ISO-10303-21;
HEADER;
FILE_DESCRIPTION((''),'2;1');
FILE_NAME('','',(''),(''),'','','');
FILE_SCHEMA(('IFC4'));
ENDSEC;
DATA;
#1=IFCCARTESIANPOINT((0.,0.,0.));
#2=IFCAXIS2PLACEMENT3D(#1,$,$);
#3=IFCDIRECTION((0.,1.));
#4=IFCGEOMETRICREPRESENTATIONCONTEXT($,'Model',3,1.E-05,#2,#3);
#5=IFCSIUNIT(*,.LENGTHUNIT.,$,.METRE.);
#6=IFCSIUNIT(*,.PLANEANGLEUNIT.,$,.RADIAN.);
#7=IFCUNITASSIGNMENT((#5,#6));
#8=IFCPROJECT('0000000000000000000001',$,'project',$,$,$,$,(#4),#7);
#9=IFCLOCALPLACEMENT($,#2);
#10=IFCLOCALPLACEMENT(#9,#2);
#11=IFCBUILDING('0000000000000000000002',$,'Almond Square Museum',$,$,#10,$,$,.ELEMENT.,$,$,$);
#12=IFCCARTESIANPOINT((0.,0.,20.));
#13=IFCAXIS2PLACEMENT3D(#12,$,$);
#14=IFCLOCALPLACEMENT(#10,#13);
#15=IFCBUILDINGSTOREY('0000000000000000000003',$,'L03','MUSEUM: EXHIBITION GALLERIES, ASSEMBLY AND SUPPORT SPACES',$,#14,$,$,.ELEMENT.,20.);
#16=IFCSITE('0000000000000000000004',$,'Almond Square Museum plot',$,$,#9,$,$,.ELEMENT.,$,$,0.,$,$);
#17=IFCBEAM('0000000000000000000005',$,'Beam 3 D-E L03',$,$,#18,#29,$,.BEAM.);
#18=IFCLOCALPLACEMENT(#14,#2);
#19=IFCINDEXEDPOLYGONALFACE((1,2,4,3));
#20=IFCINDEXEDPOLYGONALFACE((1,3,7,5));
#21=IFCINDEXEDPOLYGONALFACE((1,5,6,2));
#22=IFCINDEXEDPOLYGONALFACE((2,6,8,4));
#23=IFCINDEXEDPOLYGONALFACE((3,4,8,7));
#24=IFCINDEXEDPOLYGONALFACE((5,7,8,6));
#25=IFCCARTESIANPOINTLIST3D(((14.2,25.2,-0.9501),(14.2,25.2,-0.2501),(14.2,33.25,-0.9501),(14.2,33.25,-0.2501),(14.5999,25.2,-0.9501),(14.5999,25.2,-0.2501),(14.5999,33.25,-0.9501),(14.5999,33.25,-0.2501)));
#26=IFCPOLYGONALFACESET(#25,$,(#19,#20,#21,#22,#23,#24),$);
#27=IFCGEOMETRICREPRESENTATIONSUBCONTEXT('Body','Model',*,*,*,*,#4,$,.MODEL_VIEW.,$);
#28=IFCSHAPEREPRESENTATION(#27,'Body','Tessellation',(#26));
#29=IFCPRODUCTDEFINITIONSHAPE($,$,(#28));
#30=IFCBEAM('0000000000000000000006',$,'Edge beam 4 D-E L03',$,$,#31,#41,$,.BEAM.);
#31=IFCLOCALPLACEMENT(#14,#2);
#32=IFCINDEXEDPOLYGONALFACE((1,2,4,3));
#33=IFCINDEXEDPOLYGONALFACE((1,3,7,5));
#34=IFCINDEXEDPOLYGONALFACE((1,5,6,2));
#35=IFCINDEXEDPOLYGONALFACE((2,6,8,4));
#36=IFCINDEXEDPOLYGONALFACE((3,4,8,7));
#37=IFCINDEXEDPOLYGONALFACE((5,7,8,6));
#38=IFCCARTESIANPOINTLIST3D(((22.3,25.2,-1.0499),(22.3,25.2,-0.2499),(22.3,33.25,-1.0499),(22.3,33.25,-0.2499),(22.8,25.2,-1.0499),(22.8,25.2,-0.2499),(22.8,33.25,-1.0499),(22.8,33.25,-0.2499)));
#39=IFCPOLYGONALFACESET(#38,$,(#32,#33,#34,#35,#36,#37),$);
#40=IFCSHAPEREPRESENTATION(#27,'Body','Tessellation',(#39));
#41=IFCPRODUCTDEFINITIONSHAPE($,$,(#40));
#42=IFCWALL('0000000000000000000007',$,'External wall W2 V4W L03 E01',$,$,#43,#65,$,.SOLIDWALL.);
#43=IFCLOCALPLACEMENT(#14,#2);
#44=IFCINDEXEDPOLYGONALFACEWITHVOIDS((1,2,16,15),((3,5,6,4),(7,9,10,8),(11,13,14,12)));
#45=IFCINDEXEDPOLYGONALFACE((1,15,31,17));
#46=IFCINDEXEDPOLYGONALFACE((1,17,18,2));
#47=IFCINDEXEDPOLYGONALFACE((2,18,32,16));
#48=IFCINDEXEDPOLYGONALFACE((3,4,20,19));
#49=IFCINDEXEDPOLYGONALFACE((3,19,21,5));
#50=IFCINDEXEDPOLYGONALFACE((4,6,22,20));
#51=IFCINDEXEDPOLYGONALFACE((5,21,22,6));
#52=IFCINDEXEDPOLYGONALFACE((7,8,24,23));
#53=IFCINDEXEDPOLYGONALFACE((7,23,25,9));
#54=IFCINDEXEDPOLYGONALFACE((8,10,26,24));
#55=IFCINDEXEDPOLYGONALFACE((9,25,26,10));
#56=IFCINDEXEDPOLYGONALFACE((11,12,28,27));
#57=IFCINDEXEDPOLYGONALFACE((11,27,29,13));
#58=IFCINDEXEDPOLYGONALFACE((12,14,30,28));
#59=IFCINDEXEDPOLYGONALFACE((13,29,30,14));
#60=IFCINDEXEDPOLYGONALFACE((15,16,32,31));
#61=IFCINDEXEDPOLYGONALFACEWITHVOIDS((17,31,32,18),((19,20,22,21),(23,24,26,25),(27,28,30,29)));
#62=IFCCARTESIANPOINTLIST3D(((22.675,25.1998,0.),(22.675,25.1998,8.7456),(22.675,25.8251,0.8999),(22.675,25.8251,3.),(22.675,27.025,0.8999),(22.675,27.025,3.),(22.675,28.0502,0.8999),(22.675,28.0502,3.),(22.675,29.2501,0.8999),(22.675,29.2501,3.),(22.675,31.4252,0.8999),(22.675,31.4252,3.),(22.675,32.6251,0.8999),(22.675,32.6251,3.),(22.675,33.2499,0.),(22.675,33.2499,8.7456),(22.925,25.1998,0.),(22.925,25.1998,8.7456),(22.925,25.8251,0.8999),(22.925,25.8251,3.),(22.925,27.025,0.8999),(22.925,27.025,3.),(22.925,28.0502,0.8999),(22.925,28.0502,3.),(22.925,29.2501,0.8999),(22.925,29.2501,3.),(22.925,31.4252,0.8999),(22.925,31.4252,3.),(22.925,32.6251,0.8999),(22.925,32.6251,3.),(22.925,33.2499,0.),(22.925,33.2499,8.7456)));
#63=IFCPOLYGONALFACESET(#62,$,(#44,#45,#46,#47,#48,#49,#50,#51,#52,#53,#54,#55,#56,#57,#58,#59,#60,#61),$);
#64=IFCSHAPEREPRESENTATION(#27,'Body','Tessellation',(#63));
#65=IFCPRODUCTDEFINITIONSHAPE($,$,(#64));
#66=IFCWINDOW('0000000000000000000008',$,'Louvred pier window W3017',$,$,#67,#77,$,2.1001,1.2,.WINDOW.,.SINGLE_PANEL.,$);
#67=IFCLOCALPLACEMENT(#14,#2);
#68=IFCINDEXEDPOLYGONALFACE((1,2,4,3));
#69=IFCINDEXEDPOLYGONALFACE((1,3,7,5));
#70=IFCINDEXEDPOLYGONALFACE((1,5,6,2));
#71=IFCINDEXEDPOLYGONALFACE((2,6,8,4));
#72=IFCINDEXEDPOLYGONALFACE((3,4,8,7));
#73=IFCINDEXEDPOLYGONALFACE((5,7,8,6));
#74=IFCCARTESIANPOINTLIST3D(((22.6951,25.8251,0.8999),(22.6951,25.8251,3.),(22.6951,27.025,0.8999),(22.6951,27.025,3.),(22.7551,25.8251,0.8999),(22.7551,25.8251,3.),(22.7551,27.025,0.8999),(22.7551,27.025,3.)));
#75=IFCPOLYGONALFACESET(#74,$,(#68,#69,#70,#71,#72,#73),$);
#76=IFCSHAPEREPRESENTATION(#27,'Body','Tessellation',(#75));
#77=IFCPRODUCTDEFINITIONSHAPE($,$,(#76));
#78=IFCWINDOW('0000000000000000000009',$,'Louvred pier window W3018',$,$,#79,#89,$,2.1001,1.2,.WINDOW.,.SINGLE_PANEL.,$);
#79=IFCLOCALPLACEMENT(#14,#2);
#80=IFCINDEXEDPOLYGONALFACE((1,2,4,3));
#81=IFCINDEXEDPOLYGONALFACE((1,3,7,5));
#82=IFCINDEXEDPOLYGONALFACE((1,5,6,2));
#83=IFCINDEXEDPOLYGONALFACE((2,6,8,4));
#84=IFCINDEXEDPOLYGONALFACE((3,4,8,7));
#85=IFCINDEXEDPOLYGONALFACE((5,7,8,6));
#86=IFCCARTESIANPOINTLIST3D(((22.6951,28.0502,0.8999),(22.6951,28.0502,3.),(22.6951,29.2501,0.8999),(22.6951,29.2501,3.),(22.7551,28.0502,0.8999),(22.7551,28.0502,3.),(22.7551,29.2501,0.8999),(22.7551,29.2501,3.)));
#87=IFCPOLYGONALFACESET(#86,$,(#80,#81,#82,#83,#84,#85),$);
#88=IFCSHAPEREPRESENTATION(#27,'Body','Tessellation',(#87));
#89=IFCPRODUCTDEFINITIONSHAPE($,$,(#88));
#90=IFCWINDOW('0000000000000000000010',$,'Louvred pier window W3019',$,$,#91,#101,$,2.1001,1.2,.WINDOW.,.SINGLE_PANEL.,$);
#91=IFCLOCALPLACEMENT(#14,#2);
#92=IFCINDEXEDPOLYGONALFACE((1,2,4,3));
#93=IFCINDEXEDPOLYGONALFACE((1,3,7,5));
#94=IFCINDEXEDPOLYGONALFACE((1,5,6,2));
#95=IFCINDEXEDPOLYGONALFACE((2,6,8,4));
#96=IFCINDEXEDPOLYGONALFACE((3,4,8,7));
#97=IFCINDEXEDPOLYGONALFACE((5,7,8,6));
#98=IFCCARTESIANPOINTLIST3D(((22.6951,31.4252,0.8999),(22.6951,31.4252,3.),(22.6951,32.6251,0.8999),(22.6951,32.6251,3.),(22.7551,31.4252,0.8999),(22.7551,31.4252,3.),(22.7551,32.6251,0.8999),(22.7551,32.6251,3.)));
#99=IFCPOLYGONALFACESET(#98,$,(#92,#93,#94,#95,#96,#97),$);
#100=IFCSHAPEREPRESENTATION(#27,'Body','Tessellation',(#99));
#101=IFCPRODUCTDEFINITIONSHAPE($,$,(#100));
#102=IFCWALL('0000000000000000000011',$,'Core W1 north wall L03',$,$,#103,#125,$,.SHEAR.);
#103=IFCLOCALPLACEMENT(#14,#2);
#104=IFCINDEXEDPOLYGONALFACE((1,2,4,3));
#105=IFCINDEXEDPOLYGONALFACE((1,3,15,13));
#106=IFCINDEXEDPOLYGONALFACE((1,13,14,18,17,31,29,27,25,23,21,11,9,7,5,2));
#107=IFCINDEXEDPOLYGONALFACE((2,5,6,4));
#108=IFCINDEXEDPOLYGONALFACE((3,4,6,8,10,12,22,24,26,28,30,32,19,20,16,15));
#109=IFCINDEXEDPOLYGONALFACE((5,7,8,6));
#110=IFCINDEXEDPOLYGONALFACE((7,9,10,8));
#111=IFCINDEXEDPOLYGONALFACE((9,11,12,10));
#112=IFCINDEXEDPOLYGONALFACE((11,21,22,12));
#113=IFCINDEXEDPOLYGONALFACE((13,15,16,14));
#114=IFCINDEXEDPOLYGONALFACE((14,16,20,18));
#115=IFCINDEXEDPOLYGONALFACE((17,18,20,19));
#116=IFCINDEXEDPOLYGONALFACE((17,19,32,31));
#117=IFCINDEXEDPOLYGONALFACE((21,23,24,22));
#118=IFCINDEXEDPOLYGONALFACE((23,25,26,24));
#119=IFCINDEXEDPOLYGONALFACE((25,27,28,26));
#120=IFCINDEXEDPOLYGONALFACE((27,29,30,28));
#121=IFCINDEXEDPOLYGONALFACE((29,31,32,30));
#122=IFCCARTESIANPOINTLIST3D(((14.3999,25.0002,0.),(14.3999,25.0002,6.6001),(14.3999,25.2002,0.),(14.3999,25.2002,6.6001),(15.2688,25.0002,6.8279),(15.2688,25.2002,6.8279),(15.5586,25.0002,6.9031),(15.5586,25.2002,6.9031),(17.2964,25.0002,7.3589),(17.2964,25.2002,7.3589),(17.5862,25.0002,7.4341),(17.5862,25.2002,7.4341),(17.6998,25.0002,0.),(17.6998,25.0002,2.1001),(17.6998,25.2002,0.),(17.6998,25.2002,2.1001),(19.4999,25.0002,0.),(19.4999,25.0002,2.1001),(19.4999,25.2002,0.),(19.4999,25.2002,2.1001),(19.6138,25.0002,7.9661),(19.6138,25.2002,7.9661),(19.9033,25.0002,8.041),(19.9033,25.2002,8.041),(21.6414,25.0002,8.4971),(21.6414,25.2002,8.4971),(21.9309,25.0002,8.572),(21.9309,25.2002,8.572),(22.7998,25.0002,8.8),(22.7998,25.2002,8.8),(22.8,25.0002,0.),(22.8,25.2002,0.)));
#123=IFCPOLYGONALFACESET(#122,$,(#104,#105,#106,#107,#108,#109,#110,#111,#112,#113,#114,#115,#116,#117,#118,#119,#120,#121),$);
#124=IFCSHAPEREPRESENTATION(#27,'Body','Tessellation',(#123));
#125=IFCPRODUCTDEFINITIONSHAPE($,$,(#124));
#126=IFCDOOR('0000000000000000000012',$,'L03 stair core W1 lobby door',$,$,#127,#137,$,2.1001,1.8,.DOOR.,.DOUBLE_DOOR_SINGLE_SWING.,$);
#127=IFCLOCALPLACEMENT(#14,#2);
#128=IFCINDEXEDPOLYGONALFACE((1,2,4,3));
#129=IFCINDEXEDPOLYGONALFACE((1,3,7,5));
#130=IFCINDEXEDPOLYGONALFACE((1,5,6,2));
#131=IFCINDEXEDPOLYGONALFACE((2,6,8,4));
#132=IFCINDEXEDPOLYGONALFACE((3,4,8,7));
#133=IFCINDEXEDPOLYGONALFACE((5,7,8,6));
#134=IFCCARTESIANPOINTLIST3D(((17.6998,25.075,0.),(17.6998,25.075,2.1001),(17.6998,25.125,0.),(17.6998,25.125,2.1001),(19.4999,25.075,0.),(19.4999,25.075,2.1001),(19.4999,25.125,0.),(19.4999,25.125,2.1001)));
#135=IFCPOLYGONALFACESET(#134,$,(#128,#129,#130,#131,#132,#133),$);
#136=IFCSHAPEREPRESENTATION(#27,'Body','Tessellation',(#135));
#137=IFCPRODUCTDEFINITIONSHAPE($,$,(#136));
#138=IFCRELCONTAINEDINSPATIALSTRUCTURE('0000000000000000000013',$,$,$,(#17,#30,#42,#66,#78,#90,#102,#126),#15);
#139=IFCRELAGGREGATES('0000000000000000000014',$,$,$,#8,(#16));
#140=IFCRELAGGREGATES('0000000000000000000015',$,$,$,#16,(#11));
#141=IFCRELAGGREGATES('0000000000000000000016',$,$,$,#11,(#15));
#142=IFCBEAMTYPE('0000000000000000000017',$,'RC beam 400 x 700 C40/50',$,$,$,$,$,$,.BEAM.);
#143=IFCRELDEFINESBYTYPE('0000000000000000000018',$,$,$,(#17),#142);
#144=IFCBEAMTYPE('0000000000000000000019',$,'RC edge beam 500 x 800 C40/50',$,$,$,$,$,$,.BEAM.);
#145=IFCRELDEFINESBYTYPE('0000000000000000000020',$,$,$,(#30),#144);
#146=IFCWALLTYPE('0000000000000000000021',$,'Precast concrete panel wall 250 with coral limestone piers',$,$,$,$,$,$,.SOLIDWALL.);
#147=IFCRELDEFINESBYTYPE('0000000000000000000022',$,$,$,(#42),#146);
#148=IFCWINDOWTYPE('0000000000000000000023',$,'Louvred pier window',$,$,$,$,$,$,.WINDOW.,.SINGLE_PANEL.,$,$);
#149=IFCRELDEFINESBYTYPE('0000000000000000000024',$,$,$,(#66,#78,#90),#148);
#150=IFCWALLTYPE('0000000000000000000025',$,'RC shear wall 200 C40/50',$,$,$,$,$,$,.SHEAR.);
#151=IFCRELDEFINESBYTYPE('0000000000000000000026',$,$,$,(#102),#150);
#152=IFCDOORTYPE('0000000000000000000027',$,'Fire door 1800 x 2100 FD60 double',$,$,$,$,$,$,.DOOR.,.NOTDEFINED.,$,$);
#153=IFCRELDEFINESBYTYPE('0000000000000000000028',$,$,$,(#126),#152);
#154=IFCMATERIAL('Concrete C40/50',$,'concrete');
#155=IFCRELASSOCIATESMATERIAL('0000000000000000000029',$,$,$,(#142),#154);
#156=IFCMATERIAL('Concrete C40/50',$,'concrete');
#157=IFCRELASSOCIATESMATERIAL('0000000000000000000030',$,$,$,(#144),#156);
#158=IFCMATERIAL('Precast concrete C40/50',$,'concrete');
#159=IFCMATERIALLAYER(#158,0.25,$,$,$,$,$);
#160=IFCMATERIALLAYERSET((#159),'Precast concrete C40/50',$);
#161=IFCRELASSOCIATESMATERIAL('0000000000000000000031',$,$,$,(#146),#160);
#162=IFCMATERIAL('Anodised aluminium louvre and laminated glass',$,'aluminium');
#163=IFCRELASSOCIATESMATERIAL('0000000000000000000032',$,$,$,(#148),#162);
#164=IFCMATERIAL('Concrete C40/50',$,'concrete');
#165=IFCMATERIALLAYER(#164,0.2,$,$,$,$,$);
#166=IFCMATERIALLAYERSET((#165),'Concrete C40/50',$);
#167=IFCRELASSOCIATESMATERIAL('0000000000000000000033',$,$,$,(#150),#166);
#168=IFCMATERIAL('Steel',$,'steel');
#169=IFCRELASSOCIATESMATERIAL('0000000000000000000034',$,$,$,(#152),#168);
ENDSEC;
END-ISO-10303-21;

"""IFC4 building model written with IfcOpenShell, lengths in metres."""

from ifc_helpers import new_model, si_unit, direction, frame, frame_2d, origin, origin_2d, place, context, subcontext, project, spatial, polyline, rectangle, outline, extrude, material, layer, layer_set, material_profile, profile_set, type_object, element, fill, save


model = new_model("IFC4")

# Units and contexts
model_context = context("Model", 3, precision=1e-05, world=origin(), true_north=direction((0.0, 1.0)))
body_context = subcontext(model_context, "Body", "Model", "MODEL_VIEW")
ifc_project = project(units=[si_unit("LENGTHUNIT", "METRE"), si_unit("PLANEANGLEUNIT", "RADIAN")], contexts=[model_context])

# Site, building, storey
site_placement = place(None, origin())
site = spatial("IfcSite", under=ifc_project, at=site_placement, Name="Almond Square Museum plot", CompositionType="ELEMENT", RefElevation=0.0)
building_placement = place(site_placement, origin())
building = spatial("IfcBuilding", under=site, at=building_placement, Name="Almond Square Museum", CompositionType="ELEMENT")
storey_placement = place(building_placement, frame((0.0, 0.0, 20.0)))
storey = spatial("IfcBuildingStorey", under=building, at=storey_placement, Name="L03", Description="MUSEUM: EXHIBITION GALLERIES, ASSEMBLY AND SUPPORT SPACES", CompositionType="ELEMENT", Elevation=20.0)

# Beams
ifc_material_1 = material(Name="Concrete C40/50", Category="concrete")
ifc_material_profile_1 = material_profile(ifc_material_1, rectangle(XDim=0.3999, YDim=0.7, at=origin_2d()))
ifc_profile_set_1 = profile_set([ifc_material_profile_1], Name="Concrete C40/50")
beam_type_1 = type_object("IfcBeamType", Name="RC beam 400 x 700 C40/50", PredefinedType="BEAM", material=ifc_profile_set_1)
beam_1_placement = place(storey_placement, frame((14.3999, 25.2, -0.6001), z_axis=(0.0, 1.0, 0.0), x_axis=(-1.0, 0.0, 0.0)))
element("IfcBeam", 1, at=beam_1_placement, inside=storey, type_object=beam_type_1, Name="Beam 3 D-E L03", PredefinedType="BEAM", context=body_context, shape_type="SweptSolid", body=[
    extrude(rectangle(XDim=0.3999, YDim=0.7, at=origin_2d()), origin(), (0.0, 0.0, 1.0), 8.05),
])
ifc_material_2 = material(Name="Concrete C40/50", Category="concrete")
ifc_material_profile_2 = material_profile(ifc_material_2, rectangle(XDim=0.5, YDim=0.8, at=origin_2d()))
ifc_profile_set_2 = profile_set([ifc_material_profile_2], Name="Concrete C40/50")
beam_type_2 = type_object("IfcBeamType", Name="RC edge beam 500 x 800 C40/50", PredefinedType="BEAM", material=ifc_profile_set_2)
beam_2_placement = place(storey_placement, frame((22.55, 25.2, -0.6499), z_axis=(0.0, 1.0, 0.0), x_axis=(-1.0, 0.0, 0.0)))
element("IfcBeam", 2, at=beam_2_placement, inside=storey, type_object=beam_type_2, Name="Edge beam 4 D-E L03", PredefinedType="BEAM", context=body_context, shape_type="SweptSolid", body=[
    extrude(rectangle(XDim=0.5, YDim=0.8, at=origin_2d()), origin(), (0.0, 0.0, 1.0), 8.05),
])

# Wall, openings, windows
ifc_material_3 = material(Name="Precast concrete C40/50", Category="concrete")
ifc_layer_1 = layer(ifc_material_3, 0.25)
ifc_layer_set_1 = layer_set([ifc_layer_1], Name="Precast concrete C40/50")
wall_type_1 = type_object("IfcWallType", Name="Precast concrete panel wall 250 with coral limestone piers", PredefinedType="SOLIDWALL", material=ifc_layer_set_1)
wall_1_placement = place(storey_placement, frame((22.8, 25.2, 0.0), z_axis=(0.0, 0.0, 1.0), x_axis=(0.0, 1.0, 0.0)))
wall_1 = element("IfcWall", 3, at=wall_1_placement, inside=storey, type_object=wall_type_1, Name="External wall W2 V4W L03 E01", PredefinedType="SOLIDWALL", context=body_context, shape_type="SweptSolid", body=[
    extrude(rectangle(XDim=8.05, YDim=0.25, at=frame_2d((4.0249, 0.0))), origin(), (0.0, 0.0, 1.0), 8.7456),
])
opening_1_placement = place(wall_1_placement, frame((0.625, 0.0, 0.8999)))
opening_1 = element("IfcOpeningElement", 4, at=opening_1_placement, cuts=wall_1, PredefinedType="OPENING", context=body_context, shape_type="SweptSolid", body=[
    extrude(rectangle(XDim=1.2, YDim=2.1001, at=frame_2d((0.6001, 1.05))), frame((0.0, 0.135, 0.0), z_axis=(0.0, -1.0, 0.0), x_axis=(1.0, 0.0, 0.0)), (0.0, 0.0, 1.0), 0.27),
])
opening_2_placement = place(wall_1_placement, frame((2.8501, 0.0, 0.8999)))
opening_2 = element("IfcOpeningElement", 5, at=opening_2_placement, cuts=wall_1, PredefinedType="OPENING", context=body_context, shape_type="SweptSolid", body=[
    extrude(rectangle(XDim=1.2, YDim=2.1001, at=frame_2d((0.6001, 1.05))), frame((0.0, 0.135, 0.0), z_axis=(0.0, -1.0, 0.0), x_axis=(1.0, 0.0, 0.0)), (0.0, 0.0, 1.0), 0.27),
])
opening_3_placement = place(wall_1_placement, frame((6.2251, 0.0, 0.8999)))
opening_3 = element("IfcOpeningElement", 6, at=opening_3_placement, cuts=wall_1, PredefinedType="OPENING", context=body_context, shape_type="SweptSolid", body=[
    extrude(rectangle(XDim=1.2, YDim=2.1001, at=frame_2d((0.6001, 1.05))), frame((0.0, 0.135, 0.0), z_axis=(0.0, -1.0, 0.0), x_axis=(1.0, 0.0, 0.0)), (0.0, 0.0, 1.0), 0.27),
])
ifc_material_4 = material(Name="Anodised aluminium louvre and laminated glass", Category="aluminium")
window_type = type_object("IfcWindowType", Name="Louvred pier window", PartitioningType="SINGLE_PANEL", PredefinedType="WINDOW", material=ifc_material_4)
window_1_placement = place(opening_1_placement, origin())
window_1 = element("IfcWindow", 7, at=window_1_placement, inside=storey, type_object=window_type, Name="Louvred pier window W3017", OverallHeight=2.1001, OverallWidth=1.2, PartitioningType="SINGLE_PANEL", PredefinedType="WINDOW", context=body_context, shape_type="SweptSolid", body=[
    extrude(rectangle(XDim=1.2, YDim=2.1001, at=frame_2d((0.6001, 1.05))), frame((0.0, 0.105, 0.0), z_axis=(0.0, -1.0, 0.0), x_axis=(1.0, 0.0, 0.0)), (0.0, 0.0, 1.0), 0.0601),
])
fill(opening_1, window_1)
window_2_placement = place(opening_2_placement, origin())
window_2 = element("IfcWindow", 8, at=window_2_placement, inside=storey, type_object=window_type, Name="Louvred pier window W3018", OverallHeight=2.1001, OverallWidth=1.2, PartitioningType="SINGLE_PANEL", PredefinedType="WINDOW", context=body_context, shape_type="SweptSolid", body=[
    extrude(rectangle(XDim=1.2, YDim=2.1001, at=frame_2d((0.6001, 1.05))), frame((0.0, 0.105, 0.0), z_axis=(0.0, -1.0, 0.0), x_axis=(1.0, 0.0, 0.0)), (0.0, 0.0, 1.0), 0.0601),
])
fill(opening_2, window_2)
window_3_placement = place(opening_3_placement, origin())
window_3 = element("IfcWindow", 9, at=window_3_placement, inside=storey, type_object=window_type, Name="Louvred pier window W3019", OverallHeight=2.1001, OverallWidth=1.2, PartitioningType="SINGLE_PANEL", PredefinedType="WINDOW", context=body_context, shape_type="SweptSolid", body=[
    extrude(rectangle(XDim=1.2, YDim=2.1001, at=frame_2d((0.6001, 1.05))), frame((0.0, 0.105, 0.0), z_axis=(0.0, -1.0, 0.0), x_axis=(1.0, 0.0, 0.0)), (0.0, 0.0, 1.0), 0.0601),
])
fill(opening_3, window_3)

# Wall, opening, door
ifc_material_5 = material(Name="Concrete C40/50", Category="concrete")
ifc_layer_2 = layer(ifc_material_5, 0.2)
ifc_layer_set_2 = layer_set([ifc_layer_2], Name="Concrete C40/50")
wall_type_2 = type_object("IfcWallType", Name="RC shear wall 200 C40/50", PredefinedType="SHEAR", material=ifc_layer_set_2)
wall_2_placement = place(storey_placement, frame((14.3999, 25.1001, 0.0), z_axis=(0.0, 0.0, 1.0), x_axis=(1.0, 0.0, 0.0)))
wall_2 = element("IfcWall", 10, at=wall_2_placement, inside=storey, type_object=wall_type_2, Name="Core W1 north wall L03", PredefinedType="SHEAR", context=body_context, shape_type="SweptSolid", body=[
    extrude(outline(polyline([(0.0, 0.0), (8.4001, 0.0), (8.3999, 8.8), (7.531, 8.572), (7.2415, 8.4971), (5.5034, 8.041), (5.2139, 7.9661), (3.1863, 7.4341), (2.8965, 7.3589), (1.1587, 6.9031), (0.8689, 6.8279), (0.0, 6.6001), (0.0, 0.0)])), frame((0.0, 0.1001, 0.0), z_axis=(0.0, -1.0, 0.0), x_axis=(1.0, 0.0, 0.0)), (0.0, 0.0, 1.0), 0.2),
])
opening_4_placement = place(wall_2_placement, frame((3.3, 0.0, 0.0)))
opening_4 = element("IfcOpeningElement", 11, at=opening_4_placement, cuts=wall_2, PredefinedType="OPENING", context=body_context, shape_type="SweptSolid", body=[
    extrude(rectangle(XDim=1.8, YDim=2.1001, at=frame_2d((0.8999, 1.05))), frame((0.0, 0.1099, 0.0), z_axis=(0.0, -1.0, 0.0), x_axis=(1.0, 0.0, 0.0)), (0.0, 0.0, 1.0), 0.22),
])
ifc_material_6 = material(Name="Steel", Category="steel")
door_type_1 = type_object("IfcDoorType", Name="Fire door 1800 x 2100 FD60 double", OperationType="NOTDEFINED", PredefinedType="DOOR", material=ifc_material_6)
door_1_placement = place(opening_4_placement, origin())
door_1 = element("IfcDoor", 12, at=door_1_placement, inside=storey, type_object=door_type_1, Name="L03 stair core W1 lobby door", OperationType="DOUBLE_DOOR_SINGLE_SWING", OverallHeight=2.1001, OverallWidth=1.8, PredefinedType="DOOR", context=body_context, shape_type="SweptSolid", body=[
    extrude(rectangle(XDim=1.8, YDim=2.1001, at=frame_2d((0.8999, 1.05))), frame((0.0, 0.0249, 0.0), z_axis=(0.0, -1.0, 0.0), x_axis=(1.0, 0.0, 0.0)), (0.0, 0.0, 1.0), 0.05),
])
fill(opening_4, door_1)

save(model, "model.ifc")
